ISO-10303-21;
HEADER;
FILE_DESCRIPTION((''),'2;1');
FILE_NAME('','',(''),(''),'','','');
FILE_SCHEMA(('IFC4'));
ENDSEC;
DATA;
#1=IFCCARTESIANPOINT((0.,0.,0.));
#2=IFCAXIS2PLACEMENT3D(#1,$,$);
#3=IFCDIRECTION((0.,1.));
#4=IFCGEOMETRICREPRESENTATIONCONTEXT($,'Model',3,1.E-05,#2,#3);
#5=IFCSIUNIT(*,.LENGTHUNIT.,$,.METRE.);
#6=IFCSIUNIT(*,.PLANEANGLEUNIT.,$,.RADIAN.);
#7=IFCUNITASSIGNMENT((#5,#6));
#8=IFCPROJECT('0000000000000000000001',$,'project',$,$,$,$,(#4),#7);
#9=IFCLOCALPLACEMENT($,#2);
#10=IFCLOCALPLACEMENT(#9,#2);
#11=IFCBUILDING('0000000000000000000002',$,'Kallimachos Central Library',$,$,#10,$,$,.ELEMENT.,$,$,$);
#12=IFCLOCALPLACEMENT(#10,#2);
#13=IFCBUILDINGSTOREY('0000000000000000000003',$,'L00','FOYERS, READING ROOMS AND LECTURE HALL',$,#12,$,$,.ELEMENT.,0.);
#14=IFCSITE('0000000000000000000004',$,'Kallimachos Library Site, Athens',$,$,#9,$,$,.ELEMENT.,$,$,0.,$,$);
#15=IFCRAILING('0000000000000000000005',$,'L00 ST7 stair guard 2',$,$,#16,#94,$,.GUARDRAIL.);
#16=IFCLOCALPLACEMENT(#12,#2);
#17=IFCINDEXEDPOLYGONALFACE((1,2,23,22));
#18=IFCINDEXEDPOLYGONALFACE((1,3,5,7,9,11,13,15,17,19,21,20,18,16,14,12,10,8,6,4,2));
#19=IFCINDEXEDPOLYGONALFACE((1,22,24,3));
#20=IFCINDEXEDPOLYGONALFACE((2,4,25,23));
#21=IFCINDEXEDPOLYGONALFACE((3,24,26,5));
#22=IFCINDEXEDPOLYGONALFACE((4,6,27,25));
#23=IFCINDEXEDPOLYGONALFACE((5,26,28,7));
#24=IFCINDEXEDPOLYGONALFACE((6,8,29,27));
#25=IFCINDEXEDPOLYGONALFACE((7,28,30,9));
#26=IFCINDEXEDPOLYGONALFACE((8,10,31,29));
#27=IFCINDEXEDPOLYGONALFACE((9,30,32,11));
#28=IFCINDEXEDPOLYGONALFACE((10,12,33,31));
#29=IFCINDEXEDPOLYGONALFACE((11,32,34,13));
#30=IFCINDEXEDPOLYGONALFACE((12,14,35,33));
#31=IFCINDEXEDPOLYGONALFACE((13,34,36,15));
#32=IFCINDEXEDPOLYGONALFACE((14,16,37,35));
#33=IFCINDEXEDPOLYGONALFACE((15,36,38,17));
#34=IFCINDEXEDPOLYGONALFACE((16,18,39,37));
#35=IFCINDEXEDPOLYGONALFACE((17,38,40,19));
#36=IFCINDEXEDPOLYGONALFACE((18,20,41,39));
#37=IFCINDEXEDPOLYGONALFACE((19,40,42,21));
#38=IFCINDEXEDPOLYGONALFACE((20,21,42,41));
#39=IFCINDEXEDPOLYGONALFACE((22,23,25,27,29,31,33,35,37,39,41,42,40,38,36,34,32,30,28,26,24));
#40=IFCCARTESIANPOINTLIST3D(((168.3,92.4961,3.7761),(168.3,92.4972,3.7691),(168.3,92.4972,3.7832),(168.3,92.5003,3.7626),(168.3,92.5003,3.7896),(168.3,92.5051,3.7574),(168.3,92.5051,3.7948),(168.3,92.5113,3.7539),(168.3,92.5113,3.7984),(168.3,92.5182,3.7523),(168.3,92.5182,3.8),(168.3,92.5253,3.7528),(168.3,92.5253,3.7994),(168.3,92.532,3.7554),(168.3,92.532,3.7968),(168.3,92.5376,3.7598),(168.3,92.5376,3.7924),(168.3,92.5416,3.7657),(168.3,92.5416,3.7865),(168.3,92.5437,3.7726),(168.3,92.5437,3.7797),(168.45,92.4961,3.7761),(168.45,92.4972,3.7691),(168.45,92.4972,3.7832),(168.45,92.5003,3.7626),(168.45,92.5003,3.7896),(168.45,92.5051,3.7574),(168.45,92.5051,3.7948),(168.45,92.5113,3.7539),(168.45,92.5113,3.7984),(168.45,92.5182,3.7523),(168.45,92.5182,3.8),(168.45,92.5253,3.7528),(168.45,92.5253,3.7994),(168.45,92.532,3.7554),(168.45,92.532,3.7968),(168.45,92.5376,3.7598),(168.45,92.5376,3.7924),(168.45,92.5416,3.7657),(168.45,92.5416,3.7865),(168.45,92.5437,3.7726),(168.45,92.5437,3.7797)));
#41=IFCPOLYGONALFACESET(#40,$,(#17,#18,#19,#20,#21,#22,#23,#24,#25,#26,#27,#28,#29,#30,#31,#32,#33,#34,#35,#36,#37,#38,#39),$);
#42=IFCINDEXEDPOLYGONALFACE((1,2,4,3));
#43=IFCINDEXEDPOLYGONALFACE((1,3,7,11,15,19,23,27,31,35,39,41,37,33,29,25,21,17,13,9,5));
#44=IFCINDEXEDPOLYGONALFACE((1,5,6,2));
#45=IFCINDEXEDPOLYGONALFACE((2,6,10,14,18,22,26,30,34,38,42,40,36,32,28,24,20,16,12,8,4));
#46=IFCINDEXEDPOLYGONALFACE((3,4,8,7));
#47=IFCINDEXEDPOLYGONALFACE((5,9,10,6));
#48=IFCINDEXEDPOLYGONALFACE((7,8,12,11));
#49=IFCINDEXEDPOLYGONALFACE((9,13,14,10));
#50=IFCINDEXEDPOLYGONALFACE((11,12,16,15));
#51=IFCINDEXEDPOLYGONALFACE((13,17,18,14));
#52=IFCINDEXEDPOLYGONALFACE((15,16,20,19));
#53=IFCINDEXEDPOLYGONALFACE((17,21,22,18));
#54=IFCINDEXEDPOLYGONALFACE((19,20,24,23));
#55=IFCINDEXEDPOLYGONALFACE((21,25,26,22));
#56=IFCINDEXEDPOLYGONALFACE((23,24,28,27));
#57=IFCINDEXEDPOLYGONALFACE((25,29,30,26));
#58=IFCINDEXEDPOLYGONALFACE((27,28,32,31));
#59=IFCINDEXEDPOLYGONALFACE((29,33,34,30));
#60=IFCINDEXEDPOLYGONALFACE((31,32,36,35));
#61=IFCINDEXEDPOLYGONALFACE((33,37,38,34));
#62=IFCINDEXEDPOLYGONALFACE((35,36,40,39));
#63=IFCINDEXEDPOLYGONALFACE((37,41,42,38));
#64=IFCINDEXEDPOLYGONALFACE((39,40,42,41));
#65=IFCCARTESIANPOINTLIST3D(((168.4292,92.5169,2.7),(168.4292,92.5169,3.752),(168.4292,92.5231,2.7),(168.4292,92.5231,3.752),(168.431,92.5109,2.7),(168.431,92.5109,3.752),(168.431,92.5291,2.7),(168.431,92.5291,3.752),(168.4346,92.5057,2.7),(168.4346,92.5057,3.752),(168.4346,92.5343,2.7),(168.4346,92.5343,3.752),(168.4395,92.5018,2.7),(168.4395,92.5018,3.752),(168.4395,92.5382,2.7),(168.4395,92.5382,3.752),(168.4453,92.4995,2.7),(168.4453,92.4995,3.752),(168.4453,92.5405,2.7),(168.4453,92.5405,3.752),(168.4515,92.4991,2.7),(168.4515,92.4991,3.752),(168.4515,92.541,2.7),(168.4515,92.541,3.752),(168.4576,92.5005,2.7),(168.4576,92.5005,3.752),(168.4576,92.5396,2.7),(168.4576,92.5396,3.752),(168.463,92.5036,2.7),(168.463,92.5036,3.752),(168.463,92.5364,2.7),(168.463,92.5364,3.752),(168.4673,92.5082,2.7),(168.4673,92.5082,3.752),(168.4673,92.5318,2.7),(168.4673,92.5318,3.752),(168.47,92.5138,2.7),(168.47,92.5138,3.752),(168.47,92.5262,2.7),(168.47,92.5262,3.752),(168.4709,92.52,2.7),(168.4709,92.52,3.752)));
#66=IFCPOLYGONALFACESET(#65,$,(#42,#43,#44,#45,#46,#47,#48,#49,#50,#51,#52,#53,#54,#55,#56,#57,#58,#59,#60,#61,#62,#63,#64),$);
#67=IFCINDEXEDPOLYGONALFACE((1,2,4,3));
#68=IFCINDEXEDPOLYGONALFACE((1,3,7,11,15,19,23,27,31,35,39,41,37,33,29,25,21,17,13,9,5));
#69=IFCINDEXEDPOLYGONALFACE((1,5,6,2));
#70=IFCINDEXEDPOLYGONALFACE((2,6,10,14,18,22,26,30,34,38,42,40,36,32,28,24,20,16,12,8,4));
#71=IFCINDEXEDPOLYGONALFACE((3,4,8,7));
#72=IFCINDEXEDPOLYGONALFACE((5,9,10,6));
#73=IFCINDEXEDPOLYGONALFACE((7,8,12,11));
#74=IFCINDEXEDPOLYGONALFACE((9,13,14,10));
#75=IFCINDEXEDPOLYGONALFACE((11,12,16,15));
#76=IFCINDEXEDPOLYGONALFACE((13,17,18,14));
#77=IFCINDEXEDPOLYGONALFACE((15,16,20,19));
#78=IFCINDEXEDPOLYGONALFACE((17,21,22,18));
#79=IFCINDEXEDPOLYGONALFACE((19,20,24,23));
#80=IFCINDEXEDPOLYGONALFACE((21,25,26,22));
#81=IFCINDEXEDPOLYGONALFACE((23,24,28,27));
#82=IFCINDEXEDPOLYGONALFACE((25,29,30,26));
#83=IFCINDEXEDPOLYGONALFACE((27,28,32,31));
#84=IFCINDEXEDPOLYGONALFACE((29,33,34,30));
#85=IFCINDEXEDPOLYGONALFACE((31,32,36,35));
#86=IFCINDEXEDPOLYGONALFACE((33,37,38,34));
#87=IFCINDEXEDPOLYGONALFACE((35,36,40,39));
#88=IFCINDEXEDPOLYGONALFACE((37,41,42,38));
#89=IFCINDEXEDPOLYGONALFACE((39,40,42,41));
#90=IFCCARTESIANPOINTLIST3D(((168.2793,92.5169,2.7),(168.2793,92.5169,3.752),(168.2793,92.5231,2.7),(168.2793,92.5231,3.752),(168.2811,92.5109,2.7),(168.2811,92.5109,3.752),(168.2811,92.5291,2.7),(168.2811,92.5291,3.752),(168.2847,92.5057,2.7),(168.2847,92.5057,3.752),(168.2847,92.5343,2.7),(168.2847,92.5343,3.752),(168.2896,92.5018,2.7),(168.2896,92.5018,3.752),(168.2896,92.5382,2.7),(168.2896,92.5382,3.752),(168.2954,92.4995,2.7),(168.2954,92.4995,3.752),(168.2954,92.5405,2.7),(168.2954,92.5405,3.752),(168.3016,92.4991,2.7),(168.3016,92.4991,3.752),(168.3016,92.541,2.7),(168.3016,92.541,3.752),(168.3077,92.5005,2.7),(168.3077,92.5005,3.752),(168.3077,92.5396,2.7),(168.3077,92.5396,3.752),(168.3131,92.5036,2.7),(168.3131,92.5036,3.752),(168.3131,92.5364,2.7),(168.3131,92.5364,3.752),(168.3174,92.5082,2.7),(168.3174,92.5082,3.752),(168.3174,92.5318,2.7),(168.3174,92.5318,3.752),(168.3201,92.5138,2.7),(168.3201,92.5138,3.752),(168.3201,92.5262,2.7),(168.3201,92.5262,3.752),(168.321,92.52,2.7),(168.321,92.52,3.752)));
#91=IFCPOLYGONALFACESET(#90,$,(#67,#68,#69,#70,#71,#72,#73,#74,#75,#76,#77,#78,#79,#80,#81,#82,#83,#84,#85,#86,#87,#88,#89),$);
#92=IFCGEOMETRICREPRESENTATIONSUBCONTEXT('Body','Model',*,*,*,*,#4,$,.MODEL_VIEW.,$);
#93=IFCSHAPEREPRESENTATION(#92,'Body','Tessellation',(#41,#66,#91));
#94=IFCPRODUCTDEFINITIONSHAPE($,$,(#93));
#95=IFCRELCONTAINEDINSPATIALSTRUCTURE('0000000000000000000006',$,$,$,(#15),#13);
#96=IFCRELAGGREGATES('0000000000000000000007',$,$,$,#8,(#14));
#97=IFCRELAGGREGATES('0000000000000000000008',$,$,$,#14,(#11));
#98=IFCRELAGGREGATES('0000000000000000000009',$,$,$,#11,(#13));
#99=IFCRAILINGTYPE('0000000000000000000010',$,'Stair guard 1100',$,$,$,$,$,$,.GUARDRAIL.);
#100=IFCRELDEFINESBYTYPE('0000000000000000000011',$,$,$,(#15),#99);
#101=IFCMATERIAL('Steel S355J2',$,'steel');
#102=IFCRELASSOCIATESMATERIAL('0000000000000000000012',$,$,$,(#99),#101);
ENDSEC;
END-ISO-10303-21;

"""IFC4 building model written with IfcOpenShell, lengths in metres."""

from ifc_helpers import new_model, si_unit, direction, frame, origin, origin_2d, place, context, subcontext, project, spatial, circle, extrude, material, type_object, element, save


model = new_model("IFC4")

# Units and contexts
model_context = context("Model", 3, precision=1e-05, world=origin(), true_north=direction((0.0, 1.0)))
body_context = subcontext(model_context, "Body", "Model", "MODEL_VIEW")
ifc_project = project(units=[si_unit("LENGTHUNIT", "METRE"), si_unit("PLANEANGLEUNIT", "RADIAN")], contexts=[model_context])

# Site, building, storey
site_placement = place(None, origin())
site = spatial("IfcSite", under=ifc_project, at=site_placement, Name="Kallimachos Library Site, Athens", CompositionType="ELEMENT", RefElevation=0.0)
building_placement = place(site_placement, origin())
building = spatial("IfcBuilding", under=site, at=building_placement, Name="Kallimachos Central Library", CompositionType="ELEMENT")
storey_placement = place(building_placement, origin())
storey = spatial("IfcBuildingStorey", under=building, at=storey_placement, Name="L00", Description="FOYERS, READING ROOMS AND LECTURE HALL", CompositionType="ELEMENT", Elevation=0.0)

# Railing
ifc_material_1 = material(Name="Steel S355J2", Category="steel")
railing_type_1 = type_object("IfcRailingType", Name="Stair guard 1100", PredefinedType="GUARDRAIL", material=ifc_material_1)
railing_1_placement = place(storey_placement, frame((168.45, 92.52, 2.7)))
element("IfcRailing", 1, at=railing_1_placement, inside=storey, type_object=railing_type_1, Name="L00 ST7 stair guard 2", PredefinedType="GUARDRAIL", context=body_context, shape_type="SweptSolid", body=[
    extrude(circle(Radius=0.0239, at=origin_2d()), frame((0.0, 0.0, 1.0762), z_axis=(-1.0, 0.0, 0.0), x_axis=(0.0, -1.0, 0.0)), (0.0, 0.0, 1.0), 0.1499),
    extrude(circle(Radius=0.021, at=origin_2d()), origin(), (0.0, 0.0, 1.0), 1.052),
    extrude(circle(Radius=0.021, at=origin_2d()), frame((-0.1499, 0.0, 0.0)), (0.0, 0.0, 1.0), 1.052),
])

save(model, "model.ifc")
